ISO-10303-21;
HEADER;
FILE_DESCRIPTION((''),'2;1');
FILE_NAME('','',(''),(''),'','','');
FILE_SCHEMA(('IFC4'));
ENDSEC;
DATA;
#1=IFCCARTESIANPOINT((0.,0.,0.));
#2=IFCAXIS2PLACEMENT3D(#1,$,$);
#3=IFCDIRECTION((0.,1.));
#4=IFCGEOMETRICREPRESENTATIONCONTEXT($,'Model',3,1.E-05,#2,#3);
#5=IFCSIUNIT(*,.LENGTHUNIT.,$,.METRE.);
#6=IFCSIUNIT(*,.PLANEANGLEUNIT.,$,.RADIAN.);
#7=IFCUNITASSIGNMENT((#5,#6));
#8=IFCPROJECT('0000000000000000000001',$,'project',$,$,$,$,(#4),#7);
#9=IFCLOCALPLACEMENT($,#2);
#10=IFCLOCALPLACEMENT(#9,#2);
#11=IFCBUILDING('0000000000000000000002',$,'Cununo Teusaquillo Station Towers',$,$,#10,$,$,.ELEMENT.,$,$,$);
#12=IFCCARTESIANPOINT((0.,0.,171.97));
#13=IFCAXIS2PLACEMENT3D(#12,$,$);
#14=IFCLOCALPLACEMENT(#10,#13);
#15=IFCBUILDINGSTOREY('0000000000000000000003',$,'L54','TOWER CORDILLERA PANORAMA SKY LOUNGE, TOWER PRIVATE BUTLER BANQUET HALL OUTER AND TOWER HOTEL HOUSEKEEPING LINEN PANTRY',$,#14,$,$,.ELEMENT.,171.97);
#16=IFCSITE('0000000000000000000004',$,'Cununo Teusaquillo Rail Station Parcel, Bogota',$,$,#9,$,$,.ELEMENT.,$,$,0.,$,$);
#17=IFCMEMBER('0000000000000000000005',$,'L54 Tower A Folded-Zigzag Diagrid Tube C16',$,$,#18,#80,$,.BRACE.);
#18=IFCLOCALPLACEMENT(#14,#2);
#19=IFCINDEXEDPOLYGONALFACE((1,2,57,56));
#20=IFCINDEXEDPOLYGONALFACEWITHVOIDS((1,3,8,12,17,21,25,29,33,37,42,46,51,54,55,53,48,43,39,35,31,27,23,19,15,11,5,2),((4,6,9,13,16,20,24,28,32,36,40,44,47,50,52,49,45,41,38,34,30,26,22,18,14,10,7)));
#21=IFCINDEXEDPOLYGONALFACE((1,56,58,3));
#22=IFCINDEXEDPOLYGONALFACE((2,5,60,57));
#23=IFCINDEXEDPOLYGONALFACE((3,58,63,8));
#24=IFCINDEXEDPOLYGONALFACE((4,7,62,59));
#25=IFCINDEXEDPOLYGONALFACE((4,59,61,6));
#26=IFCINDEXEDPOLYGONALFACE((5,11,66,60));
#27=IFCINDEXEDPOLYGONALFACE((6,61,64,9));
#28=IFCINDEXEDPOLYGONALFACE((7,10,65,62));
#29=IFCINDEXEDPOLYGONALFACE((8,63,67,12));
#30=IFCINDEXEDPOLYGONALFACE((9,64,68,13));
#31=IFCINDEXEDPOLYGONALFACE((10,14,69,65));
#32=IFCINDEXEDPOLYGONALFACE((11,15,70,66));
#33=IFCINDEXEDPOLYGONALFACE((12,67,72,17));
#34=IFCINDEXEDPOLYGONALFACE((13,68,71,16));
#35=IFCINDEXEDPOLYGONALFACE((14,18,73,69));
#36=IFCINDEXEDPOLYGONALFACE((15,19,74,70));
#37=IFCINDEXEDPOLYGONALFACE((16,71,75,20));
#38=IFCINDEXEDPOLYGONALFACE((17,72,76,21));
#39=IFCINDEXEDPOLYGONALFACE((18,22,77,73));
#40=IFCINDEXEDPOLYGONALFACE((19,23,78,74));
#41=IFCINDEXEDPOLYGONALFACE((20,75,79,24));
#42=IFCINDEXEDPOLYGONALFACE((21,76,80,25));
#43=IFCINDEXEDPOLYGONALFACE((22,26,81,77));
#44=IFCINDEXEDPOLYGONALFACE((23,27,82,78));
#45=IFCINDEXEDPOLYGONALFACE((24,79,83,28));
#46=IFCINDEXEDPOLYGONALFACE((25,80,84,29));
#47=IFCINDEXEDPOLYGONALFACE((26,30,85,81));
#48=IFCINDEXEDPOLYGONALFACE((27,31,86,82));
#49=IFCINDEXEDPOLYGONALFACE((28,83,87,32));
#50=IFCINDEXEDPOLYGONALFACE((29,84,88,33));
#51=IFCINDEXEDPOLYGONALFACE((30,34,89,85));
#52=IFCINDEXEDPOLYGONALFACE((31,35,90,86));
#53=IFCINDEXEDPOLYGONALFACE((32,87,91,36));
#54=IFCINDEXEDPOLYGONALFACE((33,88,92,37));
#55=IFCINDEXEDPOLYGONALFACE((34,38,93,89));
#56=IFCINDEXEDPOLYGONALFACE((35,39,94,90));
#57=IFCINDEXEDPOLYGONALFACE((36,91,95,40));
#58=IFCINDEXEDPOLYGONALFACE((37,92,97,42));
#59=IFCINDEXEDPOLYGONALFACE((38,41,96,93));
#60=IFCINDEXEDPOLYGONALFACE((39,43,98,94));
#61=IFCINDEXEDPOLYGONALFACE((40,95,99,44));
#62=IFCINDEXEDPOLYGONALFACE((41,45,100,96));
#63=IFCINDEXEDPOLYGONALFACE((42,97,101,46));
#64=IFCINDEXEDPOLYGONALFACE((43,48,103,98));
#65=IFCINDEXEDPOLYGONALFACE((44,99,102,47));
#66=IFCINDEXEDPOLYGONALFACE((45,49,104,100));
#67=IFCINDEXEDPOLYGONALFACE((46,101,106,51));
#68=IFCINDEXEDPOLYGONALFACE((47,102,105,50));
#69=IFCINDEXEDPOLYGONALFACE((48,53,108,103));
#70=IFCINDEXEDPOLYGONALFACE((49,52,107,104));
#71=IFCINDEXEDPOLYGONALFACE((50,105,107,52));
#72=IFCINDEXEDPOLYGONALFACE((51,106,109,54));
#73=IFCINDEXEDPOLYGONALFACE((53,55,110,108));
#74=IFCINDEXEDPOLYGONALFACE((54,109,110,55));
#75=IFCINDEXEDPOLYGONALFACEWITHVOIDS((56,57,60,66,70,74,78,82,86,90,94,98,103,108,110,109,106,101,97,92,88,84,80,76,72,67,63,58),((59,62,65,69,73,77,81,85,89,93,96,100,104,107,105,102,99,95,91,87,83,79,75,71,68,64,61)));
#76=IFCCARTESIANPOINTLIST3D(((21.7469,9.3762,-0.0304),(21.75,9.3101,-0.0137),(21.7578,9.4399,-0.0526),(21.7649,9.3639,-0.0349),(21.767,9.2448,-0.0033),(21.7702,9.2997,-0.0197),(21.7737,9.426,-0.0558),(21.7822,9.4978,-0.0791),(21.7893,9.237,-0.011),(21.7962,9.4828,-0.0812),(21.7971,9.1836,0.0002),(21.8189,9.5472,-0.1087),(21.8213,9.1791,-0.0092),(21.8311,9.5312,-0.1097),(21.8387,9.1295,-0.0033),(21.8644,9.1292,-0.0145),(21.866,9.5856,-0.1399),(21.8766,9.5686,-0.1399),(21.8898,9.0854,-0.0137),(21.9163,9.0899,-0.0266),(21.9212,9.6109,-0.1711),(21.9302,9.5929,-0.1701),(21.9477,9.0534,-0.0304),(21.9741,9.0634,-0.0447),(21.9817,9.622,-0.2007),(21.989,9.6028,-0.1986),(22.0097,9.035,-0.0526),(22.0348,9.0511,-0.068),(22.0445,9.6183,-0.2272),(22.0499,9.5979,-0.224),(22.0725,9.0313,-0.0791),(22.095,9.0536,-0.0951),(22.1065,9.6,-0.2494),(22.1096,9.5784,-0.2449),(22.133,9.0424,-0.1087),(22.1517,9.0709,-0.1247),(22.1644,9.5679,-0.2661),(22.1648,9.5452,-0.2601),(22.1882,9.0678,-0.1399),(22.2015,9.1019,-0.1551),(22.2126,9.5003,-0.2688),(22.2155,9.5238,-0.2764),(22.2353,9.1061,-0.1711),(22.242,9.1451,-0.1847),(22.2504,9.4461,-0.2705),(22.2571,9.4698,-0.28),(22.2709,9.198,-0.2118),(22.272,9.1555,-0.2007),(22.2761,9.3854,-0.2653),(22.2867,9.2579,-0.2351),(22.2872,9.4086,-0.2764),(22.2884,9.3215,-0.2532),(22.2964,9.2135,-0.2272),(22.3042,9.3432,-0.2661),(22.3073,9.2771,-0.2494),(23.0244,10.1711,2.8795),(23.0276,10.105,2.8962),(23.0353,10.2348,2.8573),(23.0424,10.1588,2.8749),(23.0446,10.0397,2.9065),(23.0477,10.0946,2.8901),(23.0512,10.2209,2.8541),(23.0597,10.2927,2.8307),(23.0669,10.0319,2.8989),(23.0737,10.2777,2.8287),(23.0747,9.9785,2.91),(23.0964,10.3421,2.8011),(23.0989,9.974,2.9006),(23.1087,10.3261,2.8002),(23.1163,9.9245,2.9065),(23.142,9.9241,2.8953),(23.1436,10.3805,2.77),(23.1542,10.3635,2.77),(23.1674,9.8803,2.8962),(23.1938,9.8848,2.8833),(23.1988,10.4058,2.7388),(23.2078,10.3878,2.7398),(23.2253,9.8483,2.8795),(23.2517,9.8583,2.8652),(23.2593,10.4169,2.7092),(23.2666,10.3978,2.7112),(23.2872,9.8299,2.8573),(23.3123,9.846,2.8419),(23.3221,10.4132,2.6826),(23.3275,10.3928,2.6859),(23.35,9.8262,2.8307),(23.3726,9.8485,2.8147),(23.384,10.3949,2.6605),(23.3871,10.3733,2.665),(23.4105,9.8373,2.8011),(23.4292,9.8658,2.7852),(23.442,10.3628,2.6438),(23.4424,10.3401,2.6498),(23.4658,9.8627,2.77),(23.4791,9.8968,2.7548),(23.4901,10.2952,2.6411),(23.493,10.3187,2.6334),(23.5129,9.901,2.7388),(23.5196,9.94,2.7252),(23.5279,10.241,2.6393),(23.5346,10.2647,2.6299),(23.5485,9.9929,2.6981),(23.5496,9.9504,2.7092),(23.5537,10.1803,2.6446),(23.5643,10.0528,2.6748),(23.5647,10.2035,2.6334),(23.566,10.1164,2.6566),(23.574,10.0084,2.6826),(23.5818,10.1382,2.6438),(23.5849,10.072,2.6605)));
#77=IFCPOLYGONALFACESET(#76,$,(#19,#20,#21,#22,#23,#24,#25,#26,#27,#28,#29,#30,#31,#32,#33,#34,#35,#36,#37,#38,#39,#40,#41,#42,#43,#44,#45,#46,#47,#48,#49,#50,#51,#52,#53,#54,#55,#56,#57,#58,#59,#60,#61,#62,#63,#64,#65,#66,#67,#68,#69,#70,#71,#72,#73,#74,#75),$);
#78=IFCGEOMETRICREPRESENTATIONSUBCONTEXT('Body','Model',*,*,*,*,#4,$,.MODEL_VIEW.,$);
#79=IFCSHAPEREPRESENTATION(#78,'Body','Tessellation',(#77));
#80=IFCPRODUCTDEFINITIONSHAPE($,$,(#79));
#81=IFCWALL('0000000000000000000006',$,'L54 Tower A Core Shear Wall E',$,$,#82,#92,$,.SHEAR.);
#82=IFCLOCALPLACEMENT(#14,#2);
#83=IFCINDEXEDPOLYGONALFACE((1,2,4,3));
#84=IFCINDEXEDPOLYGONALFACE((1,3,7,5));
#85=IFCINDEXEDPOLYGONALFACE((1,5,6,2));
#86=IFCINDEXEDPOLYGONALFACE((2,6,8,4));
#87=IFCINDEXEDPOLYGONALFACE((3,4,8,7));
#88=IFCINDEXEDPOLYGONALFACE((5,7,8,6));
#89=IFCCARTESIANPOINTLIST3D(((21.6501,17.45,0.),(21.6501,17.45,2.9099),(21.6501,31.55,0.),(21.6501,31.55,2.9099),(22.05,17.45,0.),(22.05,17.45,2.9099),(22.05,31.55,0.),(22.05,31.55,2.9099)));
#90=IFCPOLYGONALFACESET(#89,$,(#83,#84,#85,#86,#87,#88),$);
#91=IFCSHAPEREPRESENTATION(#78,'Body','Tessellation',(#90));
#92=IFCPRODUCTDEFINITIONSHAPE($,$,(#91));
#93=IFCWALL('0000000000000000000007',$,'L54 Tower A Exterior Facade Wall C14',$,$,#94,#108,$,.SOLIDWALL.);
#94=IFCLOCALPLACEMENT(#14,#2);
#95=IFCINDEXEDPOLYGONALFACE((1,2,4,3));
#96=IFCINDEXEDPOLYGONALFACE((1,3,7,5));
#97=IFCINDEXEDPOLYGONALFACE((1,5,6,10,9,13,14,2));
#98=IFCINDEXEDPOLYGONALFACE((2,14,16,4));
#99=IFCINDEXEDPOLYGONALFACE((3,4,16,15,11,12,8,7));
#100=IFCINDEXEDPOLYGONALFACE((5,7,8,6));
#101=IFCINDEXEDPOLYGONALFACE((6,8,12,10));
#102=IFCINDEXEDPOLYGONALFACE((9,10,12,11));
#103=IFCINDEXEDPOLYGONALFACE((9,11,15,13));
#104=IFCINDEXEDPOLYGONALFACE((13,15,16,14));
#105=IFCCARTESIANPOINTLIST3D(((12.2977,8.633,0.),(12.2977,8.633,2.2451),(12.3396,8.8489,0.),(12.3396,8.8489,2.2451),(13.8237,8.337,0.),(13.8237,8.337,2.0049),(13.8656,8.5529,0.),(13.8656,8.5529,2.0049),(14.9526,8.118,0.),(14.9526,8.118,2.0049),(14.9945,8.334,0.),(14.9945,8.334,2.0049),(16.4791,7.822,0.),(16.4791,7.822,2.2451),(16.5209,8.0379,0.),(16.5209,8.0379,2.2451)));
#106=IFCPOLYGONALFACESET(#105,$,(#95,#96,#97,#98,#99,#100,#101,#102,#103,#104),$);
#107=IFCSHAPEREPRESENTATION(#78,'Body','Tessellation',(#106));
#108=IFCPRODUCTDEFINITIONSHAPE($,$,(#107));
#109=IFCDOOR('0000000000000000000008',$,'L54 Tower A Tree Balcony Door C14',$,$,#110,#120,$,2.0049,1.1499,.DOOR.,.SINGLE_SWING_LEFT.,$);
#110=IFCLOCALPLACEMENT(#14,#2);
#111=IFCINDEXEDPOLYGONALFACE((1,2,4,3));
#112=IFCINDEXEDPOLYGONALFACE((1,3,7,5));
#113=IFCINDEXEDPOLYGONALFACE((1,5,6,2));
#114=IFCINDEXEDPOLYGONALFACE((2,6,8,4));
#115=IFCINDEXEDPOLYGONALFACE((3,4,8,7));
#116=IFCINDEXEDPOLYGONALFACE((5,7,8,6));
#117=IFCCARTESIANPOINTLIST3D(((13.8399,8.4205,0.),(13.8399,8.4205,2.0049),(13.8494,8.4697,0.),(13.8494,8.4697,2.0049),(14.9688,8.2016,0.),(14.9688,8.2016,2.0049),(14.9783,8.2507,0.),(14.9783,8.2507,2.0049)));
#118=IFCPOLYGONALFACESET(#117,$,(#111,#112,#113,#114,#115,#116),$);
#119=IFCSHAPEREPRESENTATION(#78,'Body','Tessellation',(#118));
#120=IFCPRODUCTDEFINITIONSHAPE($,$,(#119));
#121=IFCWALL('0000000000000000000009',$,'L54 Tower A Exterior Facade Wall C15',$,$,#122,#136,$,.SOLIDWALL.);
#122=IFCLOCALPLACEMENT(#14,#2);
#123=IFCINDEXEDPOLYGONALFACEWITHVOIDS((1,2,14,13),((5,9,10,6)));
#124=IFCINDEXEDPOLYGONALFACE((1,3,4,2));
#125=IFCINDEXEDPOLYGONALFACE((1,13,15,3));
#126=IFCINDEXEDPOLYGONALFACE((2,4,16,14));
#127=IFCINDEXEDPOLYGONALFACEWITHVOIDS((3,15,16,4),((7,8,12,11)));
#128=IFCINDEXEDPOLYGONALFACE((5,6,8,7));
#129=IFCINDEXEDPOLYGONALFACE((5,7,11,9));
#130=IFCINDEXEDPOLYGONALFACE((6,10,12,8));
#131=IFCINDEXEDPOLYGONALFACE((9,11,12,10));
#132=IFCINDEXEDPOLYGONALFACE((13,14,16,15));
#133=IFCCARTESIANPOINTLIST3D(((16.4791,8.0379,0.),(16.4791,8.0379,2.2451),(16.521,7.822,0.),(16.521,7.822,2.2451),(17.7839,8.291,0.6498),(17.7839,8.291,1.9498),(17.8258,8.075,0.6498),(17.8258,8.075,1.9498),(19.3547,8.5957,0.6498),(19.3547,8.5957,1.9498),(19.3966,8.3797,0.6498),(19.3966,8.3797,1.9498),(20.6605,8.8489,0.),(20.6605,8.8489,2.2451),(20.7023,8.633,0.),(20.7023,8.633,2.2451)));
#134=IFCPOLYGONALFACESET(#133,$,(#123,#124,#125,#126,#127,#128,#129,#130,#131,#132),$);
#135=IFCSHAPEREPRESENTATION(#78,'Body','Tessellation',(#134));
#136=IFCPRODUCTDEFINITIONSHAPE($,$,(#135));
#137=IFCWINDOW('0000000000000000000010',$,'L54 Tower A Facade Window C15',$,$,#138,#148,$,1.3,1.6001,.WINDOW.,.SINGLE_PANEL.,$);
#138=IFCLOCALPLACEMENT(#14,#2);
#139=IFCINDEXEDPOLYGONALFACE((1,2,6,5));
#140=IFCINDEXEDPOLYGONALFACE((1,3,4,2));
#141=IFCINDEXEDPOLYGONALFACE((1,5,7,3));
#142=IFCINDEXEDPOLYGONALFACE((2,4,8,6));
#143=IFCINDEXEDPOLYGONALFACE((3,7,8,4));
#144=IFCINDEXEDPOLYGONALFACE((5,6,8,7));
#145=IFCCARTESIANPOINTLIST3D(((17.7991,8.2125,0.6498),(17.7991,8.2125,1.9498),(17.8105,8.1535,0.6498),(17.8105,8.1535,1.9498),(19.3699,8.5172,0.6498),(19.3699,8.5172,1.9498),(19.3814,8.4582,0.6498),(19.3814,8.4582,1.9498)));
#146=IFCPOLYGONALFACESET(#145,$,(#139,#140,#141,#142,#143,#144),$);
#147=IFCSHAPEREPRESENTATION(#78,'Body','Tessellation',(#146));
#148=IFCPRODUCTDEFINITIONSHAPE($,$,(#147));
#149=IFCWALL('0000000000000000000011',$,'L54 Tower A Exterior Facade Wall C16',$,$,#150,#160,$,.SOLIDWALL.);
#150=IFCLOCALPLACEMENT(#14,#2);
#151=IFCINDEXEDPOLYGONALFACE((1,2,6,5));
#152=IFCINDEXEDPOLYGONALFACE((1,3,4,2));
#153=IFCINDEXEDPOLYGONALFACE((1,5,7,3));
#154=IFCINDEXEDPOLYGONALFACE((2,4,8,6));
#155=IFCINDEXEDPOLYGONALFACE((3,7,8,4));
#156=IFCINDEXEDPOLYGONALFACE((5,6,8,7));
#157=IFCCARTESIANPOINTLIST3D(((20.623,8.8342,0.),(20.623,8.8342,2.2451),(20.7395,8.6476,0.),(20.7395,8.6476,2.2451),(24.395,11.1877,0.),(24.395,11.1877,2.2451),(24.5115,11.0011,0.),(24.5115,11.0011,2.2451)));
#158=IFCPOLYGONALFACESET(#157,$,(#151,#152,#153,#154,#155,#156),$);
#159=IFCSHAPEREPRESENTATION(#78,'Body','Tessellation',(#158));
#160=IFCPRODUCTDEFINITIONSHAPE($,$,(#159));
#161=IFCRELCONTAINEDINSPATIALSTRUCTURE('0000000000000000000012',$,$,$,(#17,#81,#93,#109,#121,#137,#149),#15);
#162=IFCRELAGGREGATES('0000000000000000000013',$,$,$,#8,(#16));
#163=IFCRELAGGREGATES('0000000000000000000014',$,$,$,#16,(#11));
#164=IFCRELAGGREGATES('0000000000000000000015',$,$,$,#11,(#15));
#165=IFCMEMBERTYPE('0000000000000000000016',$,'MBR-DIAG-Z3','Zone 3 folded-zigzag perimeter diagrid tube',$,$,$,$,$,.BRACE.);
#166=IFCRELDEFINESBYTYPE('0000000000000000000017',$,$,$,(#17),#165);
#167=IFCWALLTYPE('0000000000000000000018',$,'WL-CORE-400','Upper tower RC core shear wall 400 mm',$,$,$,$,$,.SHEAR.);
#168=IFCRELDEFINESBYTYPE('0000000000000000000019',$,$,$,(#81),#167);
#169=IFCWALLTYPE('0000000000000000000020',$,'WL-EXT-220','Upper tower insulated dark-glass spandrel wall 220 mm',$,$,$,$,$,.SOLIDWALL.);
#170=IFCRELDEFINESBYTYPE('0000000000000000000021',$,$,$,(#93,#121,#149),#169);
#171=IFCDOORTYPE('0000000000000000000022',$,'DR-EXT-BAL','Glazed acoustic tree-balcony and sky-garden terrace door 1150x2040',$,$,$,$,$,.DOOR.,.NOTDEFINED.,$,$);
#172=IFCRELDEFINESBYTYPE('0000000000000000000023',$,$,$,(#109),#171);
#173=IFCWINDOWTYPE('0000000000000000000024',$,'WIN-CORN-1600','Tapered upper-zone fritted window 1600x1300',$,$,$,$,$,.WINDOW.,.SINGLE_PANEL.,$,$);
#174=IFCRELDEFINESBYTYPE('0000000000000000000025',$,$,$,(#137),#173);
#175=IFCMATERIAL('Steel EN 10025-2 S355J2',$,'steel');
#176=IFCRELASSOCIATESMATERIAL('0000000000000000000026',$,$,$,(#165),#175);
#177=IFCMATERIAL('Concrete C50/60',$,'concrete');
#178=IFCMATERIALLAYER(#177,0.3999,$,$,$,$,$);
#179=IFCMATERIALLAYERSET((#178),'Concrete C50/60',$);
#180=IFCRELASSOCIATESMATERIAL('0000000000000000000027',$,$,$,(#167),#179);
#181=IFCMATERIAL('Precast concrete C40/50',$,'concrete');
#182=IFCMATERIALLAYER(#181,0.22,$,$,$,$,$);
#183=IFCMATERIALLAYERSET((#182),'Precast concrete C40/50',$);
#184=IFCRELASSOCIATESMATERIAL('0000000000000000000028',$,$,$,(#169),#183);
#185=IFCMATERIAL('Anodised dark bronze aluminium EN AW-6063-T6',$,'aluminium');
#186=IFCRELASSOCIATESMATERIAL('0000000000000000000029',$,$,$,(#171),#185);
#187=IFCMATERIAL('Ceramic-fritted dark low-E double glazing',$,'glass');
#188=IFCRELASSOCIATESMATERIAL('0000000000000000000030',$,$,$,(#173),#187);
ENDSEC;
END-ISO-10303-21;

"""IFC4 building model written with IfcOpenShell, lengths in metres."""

from ifc_helpers import new_model, si_unit, direction, frame, frame_2d, origin, origin_2d, place, context, subcontext, project, spatial, rectangle, hollow_circle, extrude, source, transform, mapped, material, layer, layer_set, material_profile, profile_set, type_object, element, fill, save


model = new_model("IFC4")

# Units and contexts
model_context = context("Model", 3, precision=1e-05, world=origin(), true_north=direction((0.0, 1.0)))
body_context = subcontext(model_context, "Body", "Model", "MODEL_VIEW")
ifc_project = project(units=[si_unit("LENGTHUNIT", "METRE"), si_unit("PLANEANGLEUNIT", "RADIAN")], contexts=[model_context])

# Site, building, storey
site_placement = place(None, origin())
site = spatial("IfcSite", under=ifc_project, at=site_placement, Name="Cununo Teusaquillo Rail Station Parcel, Bogota", CompositionType="ELEMENT", RefElevation=0.0)
building_placement = place(site_placement, origin())
building = spatial("IfcBuilding", under=site, at=building_placement, Name="Cununo Teusaquillo Station Towers", CompositionType="ELEMENT")
storey_placement = place(building_placement, frame((0.0, 0.0, 171.97)))
storey = spatial("IfcBuildingStorey", under=building, at=storey_placement, Name="L54", Description="TOWER CORDILLERA PANORAMA SKY LOUNGE, TOWER PRIVATE BUTLER BANQUET HALL OUTER AND TOWER HOTEL HOUSEKEEPING LINEN PANTRY", CompositionType="ELEMENT", Elevation=171.97)

# Member
ifc_material_1 = material(Name="Steel EN 10025-2 S355J2", Category="steel")
ifc_material_profile_1 = material_profile(ifc_material_1, hollow_circle(Radius=0.3049, WallThickness=0.02, at=origin_2d()), Name="CHS 610x20")
ifc_profile_set_1 = profile_set([ifc_material_profile_1], Name="Steel EN 10025-2 S355J2")
member_type = type_object("IfcMemberType", Name="MBR-DIAG-Z3", Description="Zone 3 folded-zigzag perimeter diagrid tube", PredefinedType="BRACE", material=ifc_profile_set_1)
member_placement = place(storey_placement, frame((22.0271, 9.3267, -0.1399), z_axis=(0.389992, 0.242655, 0.88827), x_axis=(-0.528291, 0.849063, 0.0)))
element("IfcMember", 1, at=member_placement, inside=storey, type_object=member_type, Name="L54 Tower A Folded-Zigzag Diagrid Tube C16", PredefinedType="BRACE", context=body_context, shape_type="SweptSolid", body=[
    extrude(hollow_circle(Radius=0.3049, WallThickness=0.02, at=origin_2d()), origin(), (0.0, 0.0, 1.0), 3.2759),
])

# Wall
ifc_material_2 = material(Name="Concrete C50/60", Category="concrete")
ifc_layer_1 = layer(ifc_material_2, 0.3999)
ifc_layer_set_1 = layer_set([ifc_layer_1], Name="Concrete C50/60")
wall_type_1 = type_object("IfcWallType", Name="WL-CORE-400", Description="Upper tower RC core shear wall 400 mm", PredefinedType="SHEAR", material=ifc_layer_set_1)
wall_1_placement = place(storey_placement, frame((21.8501, 17.45, 0.0), z_axis=(0.0, 0.0, 1.0), x_axis=(0.0, 1.0, 0.0)))
element("IfcWall", 2, at=wall_1_placement, inside=storey, type_object=wall_type_1, Name="L54 Tower A Core Shear Wall E", PredefinedType="SHEAR", context=body_context, shape_type="SweptSolid", body=[
    extrude(rectangle(XDim=14.1001, YDim=0.3999, at=frame_2d((7.05, 0.0))), origin(), (0.0, 0.0, 1.0), 2.9099),
])

# Wall, opening, door
ifc_material_3 = material(Name="Precast concrete C40/50", Category="concrete")
ifc_layer_2 = layer(ifc_material_3, 0.22)
ifc_layer_set_2 = layer_set([ifc_layer_2], Name="Precast concrete C40/50")
wall_type_2 = type_object("IfcWallType", Name="WL-EXT-220", Description="Upper tower insulated dark-glass spandrel wall 220 mm", PredefinedType="SOLIDWALL", material=ifc_layer_set_2)
wall_2_placement = place(storey_placement, frame((16.5, 7.9299, 0.0), z_axis=(0.0, 0.0, 1.0), x_axis=(-0.981704, 0.190414, 0.0)))
wall_2 = element("IfcWall", 3, at=wall_2_placement, inside=storey, type_object=wall_type_2, Name="L54 Tower A Exterior Facade Wall C14", PredefinedType="SOLIDWALL", context=body_context, shape_type="SweptSolid", body=[
    extrude(rectangle(XDim=4.2593, YDim=0.22, at=frame_2d((2.1296, 0.0))), origin(), (0.0, 0.0, 1.0), 2.2451),
])
shared_shape_1 = source(origin(), body_context, "Body", "SweptSolid", [
    extrude(rectangle(XDim=1.1499, YDim=2.0049, at=frame_2d((0.575, 1.0024))), frame((0.0, 0.1199, 0.0), z_axis=(0.0, -1.0, 0.0), x_axis=(1.0, 0.0, 0.0)), (0.0, 0.0, 1.0), 0.24),
])
opening_1_placement = place(wall_2_placement, frame((1.5549, 0.0, 0.0)))
opening_1 = element("IfcOpeningElement", 4, at=opening_1_placement, cuts=wall_2, PredefinedType="OPENING", context=body_context, shape_type="MappedRepresentation", body=[
    mapped(shared_shape_1, transform((0.0, 0.0, 0.0), x_axis=(1.0, 0.0, 0.0), y_axis=(0.0, 1.0, 0.0), z_axis=(0.0, 0.0, 1.0), scale=1.0)),
])
ifc_material_4 = material(Name="Anodised dark bronze aluminium EN AW-6063-T6", Category="aluminium")
door_type_1 = type_object("IfcDoorType", Name="DR-EXT-BAL", Description="Glazed acoustic tree-balcony and sky-garden terrace door 1150x2040", OperationType="NOTDEFINED", PredefinedType="DOOR", material=ifc_material_4)
shared_shape_2 = source(origin(), body_context, "Body", "SweptSolid", [
    extrude(rectangle(XDim=1.1499, YDim=2.0049, at=frame_2d((0.575, 1.0024))), frame((0.0, 0.0249, 0.0), z_axis=(0.0, -1.0, 0.0), x_axis=(1.0, 0.0, 0.0)), (0.0, 0.0, 1.0), 0.05),
])
door_1_placement = place(opening_1_placement, origin())
door_1 = element("IfcDoor", 5, at=door_1_placement, inside=storey, type_object=door_type_1, Name="L54 Tower A Tree Balcony Door C14", OperationType="SINGLE_SWING_LEFT", OverallHeight=2.0049, OverallWidth=1.1499, PredefinedType="DOOR", context=body_context, shape_type="MappedRepresentation", body=[
    mapped(shared_shape_2, transform((0.0, 0.0, 0.0), x_axis=(1.0, 0.0, 0.0), y_axis=(0.0, 1.0, 0.0), z_axis=(0.0, 0.0, 1.0), scale=1.0)),
])
fill(opening_1, door_1)

# Wall, opening, window
wall_3_placement = place(storey_placement, frame((20.6814, 8.741, 0.0), z_axis=(0.0, 0.0, 1.0), x_axis=(-0.981704, -0.190414, 0.0)))
wall_3 = element("IfcWall", 6, at=wall_3_placement, inside=storey, type_object=wall_type_2, Name="L54 Tower A Exterior Facade Wall C15", PredefinedType="SOLIDWALL", context=body_context, shape_type="SweptSolid", body=[
    extrude(rectangle(XDim=4.2593, YDim=0.22, at=frame_2d((2.1296, 0.0))), origin(), (0.0, 0.0, 1.0), 2.2451),
])
shared_shape_3 = source(origin(), body_context, "Body", "SweptSolid", [
    extrude(rectangle(XDim=1.6001, YDim=1.3, at=frame_2d((0.8, 0.6499))), frame((0.0, 0.1199, 0.0), z_axis=(0.0, -1.0, 0.0), x_axis=(1.0, 0.0, 0.0)), (0.0, 0.0, 1.0), 0.24),
])
opening_2_placement = place(wall_3_placement, frame((1.3301, 0.0, 0.6499)))
opening_2 = element("IfcOpeningElement", 7, at=opening_2_placement, cuts=wall_3, PredefinedType="OPENING", context=body_context, shape_type="MappedRepresentation", body=[
    mapped(shared_shape_3, transform((0.0, 0.0, 0.0), x_axis=(1.0, 0.0, 0.0), y_axis=(0.0, 1.0, 0.0), z_axis=(0.0, 0.0, 1.0), scale=1.0)),
])
ifc_material_5 = material(Name="Ceramic-fritted dark low-E double glazing", Category="glass")
window_type = type_object("IfcWindowType", Name="WIN-CORN-1600", Description="Tapered upper-zone fritted window 1600x1300", PartitioningType="SINGLE_PANEL", PredefinedType="WINDOW", material=ifc_material_5)
shared_shape_4 = source(origin(), body_context, "Body", "SweptSolid", [
    extrude(rectangle(XDim=1.6001, YDim=1.3, at=frame_2d((0.8, 0.6499))), frame((0.0, 0.03, 0.0), z_axis=(0.0, -1.0, 0.0), x_axis=(1.0, 0.0, 0.0)), (0.0, 0.0, 1.0), 0.0601),
])
window_1_placement = place(opening_2_placement, origin())
window_1 = element("IfcWindow", 8, at=window_1_placement, inside=storey, type_object=window_type, Name="L54 Tower A Facade Window C15", OverallHeight=1.3, OverallWidth=1.6001, PartitioningType="SINGLE_PANEL", PredefinedType="WINDOW", context=body_context, shape_type="MappedRepresentation", body=[
    mapped(shared_shape_4, transform((0.0, 0.0, 0.0), x_axis=(1.0, 0.0, 0.0), y_axis=(0.0, 1.0, 0.0), z_axis=(0.0, 0.0, 1.0), scale=1.0)),
])
fill(opening_2, window_1)

# Wall
wall_4_placement = place(storey_placement, frame((24.4534, 11.0945, 0.0), z_axis=(0.0, 0.0, 1.0), x_axis=(-0.848399, -0.529357, 0.0)))
element("IfcWall", 9, at=wall_4_placement, inside=storey, type_object=wall_type_2, Name="L54 Tower A Exterior Facade Wall C16", PredefinedType="SOLIDWALL", context=body_context, shape_type="SweptSolid", body=[
    extrude(rectangle(XDim=4.446, YDim=0.22, at=frame_2d((2.2231, 0.0))), origin(), (0.0, 0.0, 1.0), 2.2451),
])

save(model, "model.ifc")
